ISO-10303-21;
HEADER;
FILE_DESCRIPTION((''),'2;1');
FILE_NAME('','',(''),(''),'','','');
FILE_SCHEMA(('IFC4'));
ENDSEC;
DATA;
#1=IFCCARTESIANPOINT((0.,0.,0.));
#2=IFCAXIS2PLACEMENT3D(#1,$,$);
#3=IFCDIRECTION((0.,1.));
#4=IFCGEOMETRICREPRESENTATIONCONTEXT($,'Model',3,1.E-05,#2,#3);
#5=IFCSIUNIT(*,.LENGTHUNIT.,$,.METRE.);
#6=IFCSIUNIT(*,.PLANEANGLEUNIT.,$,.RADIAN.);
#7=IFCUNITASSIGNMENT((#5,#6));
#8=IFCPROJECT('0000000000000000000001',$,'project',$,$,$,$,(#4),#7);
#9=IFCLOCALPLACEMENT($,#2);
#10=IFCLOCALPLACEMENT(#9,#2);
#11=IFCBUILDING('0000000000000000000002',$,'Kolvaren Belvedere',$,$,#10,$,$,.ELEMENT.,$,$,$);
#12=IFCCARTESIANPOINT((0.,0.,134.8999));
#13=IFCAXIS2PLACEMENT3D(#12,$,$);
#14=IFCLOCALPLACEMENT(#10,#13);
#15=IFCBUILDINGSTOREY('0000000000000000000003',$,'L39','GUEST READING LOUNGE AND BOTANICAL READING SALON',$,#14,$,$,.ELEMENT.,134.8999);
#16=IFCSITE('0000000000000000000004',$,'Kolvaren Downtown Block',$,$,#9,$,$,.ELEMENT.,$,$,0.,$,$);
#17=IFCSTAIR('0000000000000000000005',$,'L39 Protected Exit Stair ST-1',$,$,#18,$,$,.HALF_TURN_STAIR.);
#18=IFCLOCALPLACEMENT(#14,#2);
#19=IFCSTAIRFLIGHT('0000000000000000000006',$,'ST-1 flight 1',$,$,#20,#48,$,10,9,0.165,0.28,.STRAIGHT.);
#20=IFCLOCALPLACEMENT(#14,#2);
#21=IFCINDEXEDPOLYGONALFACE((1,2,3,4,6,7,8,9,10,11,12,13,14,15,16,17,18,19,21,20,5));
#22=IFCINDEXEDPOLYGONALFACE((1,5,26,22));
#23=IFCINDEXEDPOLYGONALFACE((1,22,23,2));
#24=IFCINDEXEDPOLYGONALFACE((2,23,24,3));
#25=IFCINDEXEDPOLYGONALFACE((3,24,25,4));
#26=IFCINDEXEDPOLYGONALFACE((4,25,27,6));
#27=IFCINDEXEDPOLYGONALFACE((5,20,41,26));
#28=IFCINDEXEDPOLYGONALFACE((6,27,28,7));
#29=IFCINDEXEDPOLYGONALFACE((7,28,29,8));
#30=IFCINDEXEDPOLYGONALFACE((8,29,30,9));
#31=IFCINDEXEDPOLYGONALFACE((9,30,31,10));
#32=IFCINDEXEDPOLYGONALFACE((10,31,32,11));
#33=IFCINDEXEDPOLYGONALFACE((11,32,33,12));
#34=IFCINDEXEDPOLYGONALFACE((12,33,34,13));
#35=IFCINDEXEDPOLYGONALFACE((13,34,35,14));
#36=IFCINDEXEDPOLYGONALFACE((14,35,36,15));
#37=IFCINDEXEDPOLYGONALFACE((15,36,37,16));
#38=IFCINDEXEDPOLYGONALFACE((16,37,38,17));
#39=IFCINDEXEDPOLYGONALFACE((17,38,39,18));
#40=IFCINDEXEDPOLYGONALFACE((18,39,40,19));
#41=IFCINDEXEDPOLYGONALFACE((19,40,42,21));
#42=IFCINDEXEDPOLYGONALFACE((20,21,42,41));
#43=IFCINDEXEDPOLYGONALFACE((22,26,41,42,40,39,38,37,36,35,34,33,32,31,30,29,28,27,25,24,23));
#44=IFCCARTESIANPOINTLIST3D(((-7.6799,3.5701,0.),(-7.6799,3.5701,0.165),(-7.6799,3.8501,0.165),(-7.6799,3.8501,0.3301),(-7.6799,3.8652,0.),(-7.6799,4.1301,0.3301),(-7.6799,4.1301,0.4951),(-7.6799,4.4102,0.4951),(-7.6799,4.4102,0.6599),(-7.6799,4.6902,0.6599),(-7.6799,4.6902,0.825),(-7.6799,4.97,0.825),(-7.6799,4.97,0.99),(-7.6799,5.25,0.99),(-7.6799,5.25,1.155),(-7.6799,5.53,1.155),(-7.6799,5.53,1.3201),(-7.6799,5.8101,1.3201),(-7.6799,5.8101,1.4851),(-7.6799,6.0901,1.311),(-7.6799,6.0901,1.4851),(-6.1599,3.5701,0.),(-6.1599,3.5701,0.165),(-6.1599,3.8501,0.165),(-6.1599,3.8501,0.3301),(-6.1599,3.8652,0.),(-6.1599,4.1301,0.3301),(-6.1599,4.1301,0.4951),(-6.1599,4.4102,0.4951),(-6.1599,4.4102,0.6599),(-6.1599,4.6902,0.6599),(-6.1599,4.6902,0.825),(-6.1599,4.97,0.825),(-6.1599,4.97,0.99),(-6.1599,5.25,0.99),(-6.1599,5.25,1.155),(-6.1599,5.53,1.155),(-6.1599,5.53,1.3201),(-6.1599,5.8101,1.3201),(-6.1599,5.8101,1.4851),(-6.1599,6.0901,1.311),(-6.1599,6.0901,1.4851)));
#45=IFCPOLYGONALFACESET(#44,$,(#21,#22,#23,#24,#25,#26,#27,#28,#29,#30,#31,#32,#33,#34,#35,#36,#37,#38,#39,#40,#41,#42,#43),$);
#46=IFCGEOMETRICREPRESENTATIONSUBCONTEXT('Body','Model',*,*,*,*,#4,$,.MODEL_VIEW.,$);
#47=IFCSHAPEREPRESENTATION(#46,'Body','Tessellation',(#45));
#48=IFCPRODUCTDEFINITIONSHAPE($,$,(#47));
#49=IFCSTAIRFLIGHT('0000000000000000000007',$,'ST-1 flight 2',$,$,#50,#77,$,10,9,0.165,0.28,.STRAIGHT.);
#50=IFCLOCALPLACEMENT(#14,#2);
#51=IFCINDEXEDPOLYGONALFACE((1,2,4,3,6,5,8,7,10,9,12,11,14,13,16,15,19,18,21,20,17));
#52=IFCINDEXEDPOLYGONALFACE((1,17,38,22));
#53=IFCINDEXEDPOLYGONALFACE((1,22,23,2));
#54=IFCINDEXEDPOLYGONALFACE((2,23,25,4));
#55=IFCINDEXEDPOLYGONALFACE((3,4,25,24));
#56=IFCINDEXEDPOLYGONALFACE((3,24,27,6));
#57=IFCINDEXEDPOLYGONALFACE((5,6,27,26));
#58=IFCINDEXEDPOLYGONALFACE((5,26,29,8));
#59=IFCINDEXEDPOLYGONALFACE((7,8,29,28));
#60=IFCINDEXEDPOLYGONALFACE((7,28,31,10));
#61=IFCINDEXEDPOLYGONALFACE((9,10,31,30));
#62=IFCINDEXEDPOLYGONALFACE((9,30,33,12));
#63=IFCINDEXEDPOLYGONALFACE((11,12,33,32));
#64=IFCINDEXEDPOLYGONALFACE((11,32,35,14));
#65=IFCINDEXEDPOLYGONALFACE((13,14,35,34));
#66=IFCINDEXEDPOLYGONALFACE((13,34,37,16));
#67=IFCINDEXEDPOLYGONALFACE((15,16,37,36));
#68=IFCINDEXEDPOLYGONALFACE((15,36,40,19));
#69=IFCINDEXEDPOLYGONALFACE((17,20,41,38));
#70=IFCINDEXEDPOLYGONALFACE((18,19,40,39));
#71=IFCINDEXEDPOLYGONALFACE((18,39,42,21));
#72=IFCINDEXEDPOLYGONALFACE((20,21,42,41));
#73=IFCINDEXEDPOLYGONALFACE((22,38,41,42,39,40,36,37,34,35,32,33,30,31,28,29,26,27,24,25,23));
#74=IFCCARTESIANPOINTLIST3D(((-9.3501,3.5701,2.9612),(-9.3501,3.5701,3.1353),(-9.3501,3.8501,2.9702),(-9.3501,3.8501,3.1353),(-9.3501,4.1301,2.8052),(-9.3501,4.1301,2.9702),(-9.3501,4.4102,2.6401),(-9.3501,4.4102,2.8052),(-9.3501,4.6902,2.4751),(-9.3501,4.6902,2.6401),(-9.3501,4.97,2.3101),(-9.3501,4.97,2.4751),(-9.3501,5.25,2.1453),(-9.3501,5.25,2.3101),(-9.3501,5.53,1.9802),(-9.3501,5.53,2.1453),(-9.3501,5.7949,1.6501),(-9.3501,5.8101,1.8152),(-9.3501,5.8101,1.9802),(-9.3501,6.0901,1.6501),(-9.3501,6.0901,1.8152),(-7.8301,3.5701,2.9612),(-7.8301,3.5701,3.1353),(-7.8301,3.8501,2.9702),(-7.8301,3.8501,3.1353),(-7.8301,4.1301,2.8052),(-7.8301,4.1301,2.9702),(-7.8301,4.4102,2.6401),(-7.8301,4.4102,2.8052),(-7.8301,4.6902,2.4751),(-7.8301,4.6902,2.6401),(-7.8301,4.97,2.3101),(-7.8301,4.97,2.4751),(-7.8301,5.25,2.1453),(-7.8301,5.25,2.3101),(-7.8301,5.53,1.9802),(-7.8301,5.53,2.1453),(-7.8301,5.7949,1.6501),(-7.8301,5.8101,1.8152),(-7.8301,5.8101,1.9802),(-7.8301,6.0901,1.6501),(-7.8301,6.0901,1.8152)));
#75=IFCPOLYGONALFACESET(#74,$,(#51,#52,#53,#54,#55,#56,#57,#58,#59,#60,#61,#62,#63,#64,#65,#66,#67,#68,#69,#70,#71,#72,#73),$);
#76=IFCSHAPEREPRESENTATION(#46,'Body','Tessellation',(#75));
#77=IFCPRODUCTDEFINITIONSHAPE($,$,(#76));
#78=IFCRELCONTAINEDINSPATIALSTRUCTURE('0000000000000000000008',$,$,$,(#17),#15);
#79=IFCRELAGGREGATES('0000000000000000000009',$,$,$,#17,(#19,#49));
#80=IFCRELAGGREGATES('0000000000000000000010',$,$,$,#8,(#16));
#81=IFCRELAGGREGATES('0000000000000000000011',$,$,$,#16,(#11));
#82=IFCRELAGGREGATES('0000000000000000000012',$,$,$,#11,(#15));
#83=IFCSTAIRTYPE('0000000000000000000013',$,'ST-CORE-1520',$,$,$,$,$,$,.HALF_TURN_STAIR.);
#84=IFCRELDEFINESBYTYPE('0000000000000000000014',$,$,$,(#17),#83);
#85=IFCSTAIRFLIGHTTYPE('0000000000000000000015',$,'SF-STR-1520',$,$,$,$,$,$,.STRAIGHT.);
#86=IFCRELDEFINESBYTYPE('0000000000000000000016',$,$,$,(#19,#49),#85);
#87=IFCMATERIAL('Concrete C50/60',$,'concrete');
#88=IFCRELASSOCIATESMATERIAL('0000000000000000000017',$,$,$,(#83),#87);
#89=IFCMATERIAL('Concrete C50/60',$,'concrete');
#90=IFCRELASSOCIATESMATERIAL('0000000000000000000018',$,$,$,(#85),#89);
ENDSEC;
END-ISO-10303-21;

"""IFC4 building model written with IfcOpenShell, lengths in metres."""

from ifc_helpers import new_model, si_unit, direction, frame, origin, place, context, subcontext, project, spatial, polyline, outline, extrude, material, type_object, element, aggregate, save


model = new_model("IFC4")

# Units and contexts
model_context = context("Model", 3, precision=1e-05, world=origin(), true_north=direction((0.0, 1.0)))
body_context = subcontext(model_context, "Body", "Model", "MODEL_VIEW")
ifc_project = project(units=[si_unit("LENGTHUNIT", "METRE"), si_unit("PLANEANGLEUNIT", "RADIAN")], contexts=[model_context])

# Site, building, storey
site_placement = place(None, origin())
site = spatial("IfcSite", under=ifc_project, at=site_placement, Name="Kolvaren Downtown Block", CompositionType="ELEMENT", RefElevation=0.0)
building_placement = place(site_placement, origin())
building = spatial("IfcBuilding", under=site, at=building_placement, Name="Kolvaren Belvedere", CompositionType="ELEMENT")
storey_placement = place(building_placement, frame((0.0, 0.0, 134.8999)))
storey = spatial("IfcBuildingStorey", under=building, at=storey_placement, Name="L39", Description="GUEST READING LOUNGE AND BOTANICAL READING SALON", CompositionType="ELEMENT", Elevation=134.8999)

# Stair
ifc_material_1 = material(Name="Concrete C50/60", Category="concrete")
stair_type = type_object("IfcStairType", Name="ST-CORE-1520", PredefinedType="HALF_TURN_STAIR", material=ifc_material_1)
stair_1_placement = place(storey_placement, origin())
stair_1 = element("IfcStair", 1, at=stair_1_placement, inside=storey, type_object=stair_type, Name="L39 Protected Exit Stair ST-1", PredefinedType="HALF_TURN_STAIR")

# Stair flights
ifc_material_2 = material(Name="Concrete C50/60", Category="concrete")
stair_flight_type = type_object("IfcStairFlightType", Name="SF-STR-1520", PredefinedType="STRAIGHT", material=ifc_material_2)
stair_flight_1_placement = place(storey_placement, frame((-6.9199, 3.5701, 0.0), z_axis=(0.0, 0.0, 1.0), x_axis=(0.0, 1.0, 0.0)))
stair_flight_1 = element("IfcStairFlight", 2, at=stair_flight_1_placement, type_object=stair_flight_type, Name="ST-1 flight 1", NumberOfRisers=10, NumberOfTreads=9, PredefinedType="STRAIGHT", RiserHeight=0.165, TreadLength=0.28, context=body_context, shape_type="SweptSolid", body=[
    extrude(outline(polyline([(0.0, 0.0), (0.0, 0.165), (0.28, 0.165), (0.28, 0.3301), (0.5601, 0.3301), (0.5601, 0.4951), (0.8401, 0.4951), (0.8401, 0.6599), (1.1201, 0.6599), (1.1201, 0.825), (1.3999, 0.825), (1.3999, 0.99), (1.6799, 0.99), (1.6799, 1.155), (1.96, 1.155), (1.96, 1.3201), (2.24, 1.3201), (2.24, 1.4851), (2.52, 1.4851), (2.52, 1.6499), (2.52, 1.311), (0.2952, 0.0), (0.0, 0.0)])), frame((0.0, 0.76, 0.0), z_axis=(0.0, -1.0, 0.0), x_axis=(1.0, 0.0, 0.0)), (0.0, 0.0, 1.0), 1.52),
])
stair_flight_2_placement = place(storey_placement, frame((-8.5901, 6.0901, 1.6501), z_axis=(0.0, 0.0, 1.0), x_axis=(0.0, -1.0, 0.0)))
stair_flight_2 = element("IfcStairFlight", 3, at=stair_flight_2_placement, type_object=stair_flight_type, Name="ST-1 flight 2", NumberOfRisers=10, NumberOfTreads=9, PredefinedType="STRAIGHT", RiserHeight=0.165, TreadLength=0.28, context=body_context, shape_type="SweptSolid", body=[
    extrude(outline(polyline([(0.0, 0.0), (0.0, 0.165), (0.28, 0.165), (0.28, 0.3301), (0.5601, 0.3301), (0.5601, 0.4951), (0.8401, 0.4951), (0.8401, 0.6599), (1.1201, 0.6599), (1.1201, 0.825), (1.3999, 0.825), (1.3999, 0.99), (1.6799, 0.99), (1.6799, 1.155), (1.96, 1.155), (1.96, 1.3201), (2.24, 1.3201), (2.24, 1.4851), (2.52, 1.4851), (2.52, 1.6499), (2.52, 1.311), (0.2952, 0.0), (0.0, 0.0)])), frame((0.0, 0.76, 0.0), z_axis=(0.0, -1.0, 0.0), x_axis=(1.0, 0.0, 0.0)), (0.0, 0.0, 1.0), 1.52),
])
aggregate(stair_1, [stair_flight_1, stair_flight_2])

save(model, "model.ifc")
